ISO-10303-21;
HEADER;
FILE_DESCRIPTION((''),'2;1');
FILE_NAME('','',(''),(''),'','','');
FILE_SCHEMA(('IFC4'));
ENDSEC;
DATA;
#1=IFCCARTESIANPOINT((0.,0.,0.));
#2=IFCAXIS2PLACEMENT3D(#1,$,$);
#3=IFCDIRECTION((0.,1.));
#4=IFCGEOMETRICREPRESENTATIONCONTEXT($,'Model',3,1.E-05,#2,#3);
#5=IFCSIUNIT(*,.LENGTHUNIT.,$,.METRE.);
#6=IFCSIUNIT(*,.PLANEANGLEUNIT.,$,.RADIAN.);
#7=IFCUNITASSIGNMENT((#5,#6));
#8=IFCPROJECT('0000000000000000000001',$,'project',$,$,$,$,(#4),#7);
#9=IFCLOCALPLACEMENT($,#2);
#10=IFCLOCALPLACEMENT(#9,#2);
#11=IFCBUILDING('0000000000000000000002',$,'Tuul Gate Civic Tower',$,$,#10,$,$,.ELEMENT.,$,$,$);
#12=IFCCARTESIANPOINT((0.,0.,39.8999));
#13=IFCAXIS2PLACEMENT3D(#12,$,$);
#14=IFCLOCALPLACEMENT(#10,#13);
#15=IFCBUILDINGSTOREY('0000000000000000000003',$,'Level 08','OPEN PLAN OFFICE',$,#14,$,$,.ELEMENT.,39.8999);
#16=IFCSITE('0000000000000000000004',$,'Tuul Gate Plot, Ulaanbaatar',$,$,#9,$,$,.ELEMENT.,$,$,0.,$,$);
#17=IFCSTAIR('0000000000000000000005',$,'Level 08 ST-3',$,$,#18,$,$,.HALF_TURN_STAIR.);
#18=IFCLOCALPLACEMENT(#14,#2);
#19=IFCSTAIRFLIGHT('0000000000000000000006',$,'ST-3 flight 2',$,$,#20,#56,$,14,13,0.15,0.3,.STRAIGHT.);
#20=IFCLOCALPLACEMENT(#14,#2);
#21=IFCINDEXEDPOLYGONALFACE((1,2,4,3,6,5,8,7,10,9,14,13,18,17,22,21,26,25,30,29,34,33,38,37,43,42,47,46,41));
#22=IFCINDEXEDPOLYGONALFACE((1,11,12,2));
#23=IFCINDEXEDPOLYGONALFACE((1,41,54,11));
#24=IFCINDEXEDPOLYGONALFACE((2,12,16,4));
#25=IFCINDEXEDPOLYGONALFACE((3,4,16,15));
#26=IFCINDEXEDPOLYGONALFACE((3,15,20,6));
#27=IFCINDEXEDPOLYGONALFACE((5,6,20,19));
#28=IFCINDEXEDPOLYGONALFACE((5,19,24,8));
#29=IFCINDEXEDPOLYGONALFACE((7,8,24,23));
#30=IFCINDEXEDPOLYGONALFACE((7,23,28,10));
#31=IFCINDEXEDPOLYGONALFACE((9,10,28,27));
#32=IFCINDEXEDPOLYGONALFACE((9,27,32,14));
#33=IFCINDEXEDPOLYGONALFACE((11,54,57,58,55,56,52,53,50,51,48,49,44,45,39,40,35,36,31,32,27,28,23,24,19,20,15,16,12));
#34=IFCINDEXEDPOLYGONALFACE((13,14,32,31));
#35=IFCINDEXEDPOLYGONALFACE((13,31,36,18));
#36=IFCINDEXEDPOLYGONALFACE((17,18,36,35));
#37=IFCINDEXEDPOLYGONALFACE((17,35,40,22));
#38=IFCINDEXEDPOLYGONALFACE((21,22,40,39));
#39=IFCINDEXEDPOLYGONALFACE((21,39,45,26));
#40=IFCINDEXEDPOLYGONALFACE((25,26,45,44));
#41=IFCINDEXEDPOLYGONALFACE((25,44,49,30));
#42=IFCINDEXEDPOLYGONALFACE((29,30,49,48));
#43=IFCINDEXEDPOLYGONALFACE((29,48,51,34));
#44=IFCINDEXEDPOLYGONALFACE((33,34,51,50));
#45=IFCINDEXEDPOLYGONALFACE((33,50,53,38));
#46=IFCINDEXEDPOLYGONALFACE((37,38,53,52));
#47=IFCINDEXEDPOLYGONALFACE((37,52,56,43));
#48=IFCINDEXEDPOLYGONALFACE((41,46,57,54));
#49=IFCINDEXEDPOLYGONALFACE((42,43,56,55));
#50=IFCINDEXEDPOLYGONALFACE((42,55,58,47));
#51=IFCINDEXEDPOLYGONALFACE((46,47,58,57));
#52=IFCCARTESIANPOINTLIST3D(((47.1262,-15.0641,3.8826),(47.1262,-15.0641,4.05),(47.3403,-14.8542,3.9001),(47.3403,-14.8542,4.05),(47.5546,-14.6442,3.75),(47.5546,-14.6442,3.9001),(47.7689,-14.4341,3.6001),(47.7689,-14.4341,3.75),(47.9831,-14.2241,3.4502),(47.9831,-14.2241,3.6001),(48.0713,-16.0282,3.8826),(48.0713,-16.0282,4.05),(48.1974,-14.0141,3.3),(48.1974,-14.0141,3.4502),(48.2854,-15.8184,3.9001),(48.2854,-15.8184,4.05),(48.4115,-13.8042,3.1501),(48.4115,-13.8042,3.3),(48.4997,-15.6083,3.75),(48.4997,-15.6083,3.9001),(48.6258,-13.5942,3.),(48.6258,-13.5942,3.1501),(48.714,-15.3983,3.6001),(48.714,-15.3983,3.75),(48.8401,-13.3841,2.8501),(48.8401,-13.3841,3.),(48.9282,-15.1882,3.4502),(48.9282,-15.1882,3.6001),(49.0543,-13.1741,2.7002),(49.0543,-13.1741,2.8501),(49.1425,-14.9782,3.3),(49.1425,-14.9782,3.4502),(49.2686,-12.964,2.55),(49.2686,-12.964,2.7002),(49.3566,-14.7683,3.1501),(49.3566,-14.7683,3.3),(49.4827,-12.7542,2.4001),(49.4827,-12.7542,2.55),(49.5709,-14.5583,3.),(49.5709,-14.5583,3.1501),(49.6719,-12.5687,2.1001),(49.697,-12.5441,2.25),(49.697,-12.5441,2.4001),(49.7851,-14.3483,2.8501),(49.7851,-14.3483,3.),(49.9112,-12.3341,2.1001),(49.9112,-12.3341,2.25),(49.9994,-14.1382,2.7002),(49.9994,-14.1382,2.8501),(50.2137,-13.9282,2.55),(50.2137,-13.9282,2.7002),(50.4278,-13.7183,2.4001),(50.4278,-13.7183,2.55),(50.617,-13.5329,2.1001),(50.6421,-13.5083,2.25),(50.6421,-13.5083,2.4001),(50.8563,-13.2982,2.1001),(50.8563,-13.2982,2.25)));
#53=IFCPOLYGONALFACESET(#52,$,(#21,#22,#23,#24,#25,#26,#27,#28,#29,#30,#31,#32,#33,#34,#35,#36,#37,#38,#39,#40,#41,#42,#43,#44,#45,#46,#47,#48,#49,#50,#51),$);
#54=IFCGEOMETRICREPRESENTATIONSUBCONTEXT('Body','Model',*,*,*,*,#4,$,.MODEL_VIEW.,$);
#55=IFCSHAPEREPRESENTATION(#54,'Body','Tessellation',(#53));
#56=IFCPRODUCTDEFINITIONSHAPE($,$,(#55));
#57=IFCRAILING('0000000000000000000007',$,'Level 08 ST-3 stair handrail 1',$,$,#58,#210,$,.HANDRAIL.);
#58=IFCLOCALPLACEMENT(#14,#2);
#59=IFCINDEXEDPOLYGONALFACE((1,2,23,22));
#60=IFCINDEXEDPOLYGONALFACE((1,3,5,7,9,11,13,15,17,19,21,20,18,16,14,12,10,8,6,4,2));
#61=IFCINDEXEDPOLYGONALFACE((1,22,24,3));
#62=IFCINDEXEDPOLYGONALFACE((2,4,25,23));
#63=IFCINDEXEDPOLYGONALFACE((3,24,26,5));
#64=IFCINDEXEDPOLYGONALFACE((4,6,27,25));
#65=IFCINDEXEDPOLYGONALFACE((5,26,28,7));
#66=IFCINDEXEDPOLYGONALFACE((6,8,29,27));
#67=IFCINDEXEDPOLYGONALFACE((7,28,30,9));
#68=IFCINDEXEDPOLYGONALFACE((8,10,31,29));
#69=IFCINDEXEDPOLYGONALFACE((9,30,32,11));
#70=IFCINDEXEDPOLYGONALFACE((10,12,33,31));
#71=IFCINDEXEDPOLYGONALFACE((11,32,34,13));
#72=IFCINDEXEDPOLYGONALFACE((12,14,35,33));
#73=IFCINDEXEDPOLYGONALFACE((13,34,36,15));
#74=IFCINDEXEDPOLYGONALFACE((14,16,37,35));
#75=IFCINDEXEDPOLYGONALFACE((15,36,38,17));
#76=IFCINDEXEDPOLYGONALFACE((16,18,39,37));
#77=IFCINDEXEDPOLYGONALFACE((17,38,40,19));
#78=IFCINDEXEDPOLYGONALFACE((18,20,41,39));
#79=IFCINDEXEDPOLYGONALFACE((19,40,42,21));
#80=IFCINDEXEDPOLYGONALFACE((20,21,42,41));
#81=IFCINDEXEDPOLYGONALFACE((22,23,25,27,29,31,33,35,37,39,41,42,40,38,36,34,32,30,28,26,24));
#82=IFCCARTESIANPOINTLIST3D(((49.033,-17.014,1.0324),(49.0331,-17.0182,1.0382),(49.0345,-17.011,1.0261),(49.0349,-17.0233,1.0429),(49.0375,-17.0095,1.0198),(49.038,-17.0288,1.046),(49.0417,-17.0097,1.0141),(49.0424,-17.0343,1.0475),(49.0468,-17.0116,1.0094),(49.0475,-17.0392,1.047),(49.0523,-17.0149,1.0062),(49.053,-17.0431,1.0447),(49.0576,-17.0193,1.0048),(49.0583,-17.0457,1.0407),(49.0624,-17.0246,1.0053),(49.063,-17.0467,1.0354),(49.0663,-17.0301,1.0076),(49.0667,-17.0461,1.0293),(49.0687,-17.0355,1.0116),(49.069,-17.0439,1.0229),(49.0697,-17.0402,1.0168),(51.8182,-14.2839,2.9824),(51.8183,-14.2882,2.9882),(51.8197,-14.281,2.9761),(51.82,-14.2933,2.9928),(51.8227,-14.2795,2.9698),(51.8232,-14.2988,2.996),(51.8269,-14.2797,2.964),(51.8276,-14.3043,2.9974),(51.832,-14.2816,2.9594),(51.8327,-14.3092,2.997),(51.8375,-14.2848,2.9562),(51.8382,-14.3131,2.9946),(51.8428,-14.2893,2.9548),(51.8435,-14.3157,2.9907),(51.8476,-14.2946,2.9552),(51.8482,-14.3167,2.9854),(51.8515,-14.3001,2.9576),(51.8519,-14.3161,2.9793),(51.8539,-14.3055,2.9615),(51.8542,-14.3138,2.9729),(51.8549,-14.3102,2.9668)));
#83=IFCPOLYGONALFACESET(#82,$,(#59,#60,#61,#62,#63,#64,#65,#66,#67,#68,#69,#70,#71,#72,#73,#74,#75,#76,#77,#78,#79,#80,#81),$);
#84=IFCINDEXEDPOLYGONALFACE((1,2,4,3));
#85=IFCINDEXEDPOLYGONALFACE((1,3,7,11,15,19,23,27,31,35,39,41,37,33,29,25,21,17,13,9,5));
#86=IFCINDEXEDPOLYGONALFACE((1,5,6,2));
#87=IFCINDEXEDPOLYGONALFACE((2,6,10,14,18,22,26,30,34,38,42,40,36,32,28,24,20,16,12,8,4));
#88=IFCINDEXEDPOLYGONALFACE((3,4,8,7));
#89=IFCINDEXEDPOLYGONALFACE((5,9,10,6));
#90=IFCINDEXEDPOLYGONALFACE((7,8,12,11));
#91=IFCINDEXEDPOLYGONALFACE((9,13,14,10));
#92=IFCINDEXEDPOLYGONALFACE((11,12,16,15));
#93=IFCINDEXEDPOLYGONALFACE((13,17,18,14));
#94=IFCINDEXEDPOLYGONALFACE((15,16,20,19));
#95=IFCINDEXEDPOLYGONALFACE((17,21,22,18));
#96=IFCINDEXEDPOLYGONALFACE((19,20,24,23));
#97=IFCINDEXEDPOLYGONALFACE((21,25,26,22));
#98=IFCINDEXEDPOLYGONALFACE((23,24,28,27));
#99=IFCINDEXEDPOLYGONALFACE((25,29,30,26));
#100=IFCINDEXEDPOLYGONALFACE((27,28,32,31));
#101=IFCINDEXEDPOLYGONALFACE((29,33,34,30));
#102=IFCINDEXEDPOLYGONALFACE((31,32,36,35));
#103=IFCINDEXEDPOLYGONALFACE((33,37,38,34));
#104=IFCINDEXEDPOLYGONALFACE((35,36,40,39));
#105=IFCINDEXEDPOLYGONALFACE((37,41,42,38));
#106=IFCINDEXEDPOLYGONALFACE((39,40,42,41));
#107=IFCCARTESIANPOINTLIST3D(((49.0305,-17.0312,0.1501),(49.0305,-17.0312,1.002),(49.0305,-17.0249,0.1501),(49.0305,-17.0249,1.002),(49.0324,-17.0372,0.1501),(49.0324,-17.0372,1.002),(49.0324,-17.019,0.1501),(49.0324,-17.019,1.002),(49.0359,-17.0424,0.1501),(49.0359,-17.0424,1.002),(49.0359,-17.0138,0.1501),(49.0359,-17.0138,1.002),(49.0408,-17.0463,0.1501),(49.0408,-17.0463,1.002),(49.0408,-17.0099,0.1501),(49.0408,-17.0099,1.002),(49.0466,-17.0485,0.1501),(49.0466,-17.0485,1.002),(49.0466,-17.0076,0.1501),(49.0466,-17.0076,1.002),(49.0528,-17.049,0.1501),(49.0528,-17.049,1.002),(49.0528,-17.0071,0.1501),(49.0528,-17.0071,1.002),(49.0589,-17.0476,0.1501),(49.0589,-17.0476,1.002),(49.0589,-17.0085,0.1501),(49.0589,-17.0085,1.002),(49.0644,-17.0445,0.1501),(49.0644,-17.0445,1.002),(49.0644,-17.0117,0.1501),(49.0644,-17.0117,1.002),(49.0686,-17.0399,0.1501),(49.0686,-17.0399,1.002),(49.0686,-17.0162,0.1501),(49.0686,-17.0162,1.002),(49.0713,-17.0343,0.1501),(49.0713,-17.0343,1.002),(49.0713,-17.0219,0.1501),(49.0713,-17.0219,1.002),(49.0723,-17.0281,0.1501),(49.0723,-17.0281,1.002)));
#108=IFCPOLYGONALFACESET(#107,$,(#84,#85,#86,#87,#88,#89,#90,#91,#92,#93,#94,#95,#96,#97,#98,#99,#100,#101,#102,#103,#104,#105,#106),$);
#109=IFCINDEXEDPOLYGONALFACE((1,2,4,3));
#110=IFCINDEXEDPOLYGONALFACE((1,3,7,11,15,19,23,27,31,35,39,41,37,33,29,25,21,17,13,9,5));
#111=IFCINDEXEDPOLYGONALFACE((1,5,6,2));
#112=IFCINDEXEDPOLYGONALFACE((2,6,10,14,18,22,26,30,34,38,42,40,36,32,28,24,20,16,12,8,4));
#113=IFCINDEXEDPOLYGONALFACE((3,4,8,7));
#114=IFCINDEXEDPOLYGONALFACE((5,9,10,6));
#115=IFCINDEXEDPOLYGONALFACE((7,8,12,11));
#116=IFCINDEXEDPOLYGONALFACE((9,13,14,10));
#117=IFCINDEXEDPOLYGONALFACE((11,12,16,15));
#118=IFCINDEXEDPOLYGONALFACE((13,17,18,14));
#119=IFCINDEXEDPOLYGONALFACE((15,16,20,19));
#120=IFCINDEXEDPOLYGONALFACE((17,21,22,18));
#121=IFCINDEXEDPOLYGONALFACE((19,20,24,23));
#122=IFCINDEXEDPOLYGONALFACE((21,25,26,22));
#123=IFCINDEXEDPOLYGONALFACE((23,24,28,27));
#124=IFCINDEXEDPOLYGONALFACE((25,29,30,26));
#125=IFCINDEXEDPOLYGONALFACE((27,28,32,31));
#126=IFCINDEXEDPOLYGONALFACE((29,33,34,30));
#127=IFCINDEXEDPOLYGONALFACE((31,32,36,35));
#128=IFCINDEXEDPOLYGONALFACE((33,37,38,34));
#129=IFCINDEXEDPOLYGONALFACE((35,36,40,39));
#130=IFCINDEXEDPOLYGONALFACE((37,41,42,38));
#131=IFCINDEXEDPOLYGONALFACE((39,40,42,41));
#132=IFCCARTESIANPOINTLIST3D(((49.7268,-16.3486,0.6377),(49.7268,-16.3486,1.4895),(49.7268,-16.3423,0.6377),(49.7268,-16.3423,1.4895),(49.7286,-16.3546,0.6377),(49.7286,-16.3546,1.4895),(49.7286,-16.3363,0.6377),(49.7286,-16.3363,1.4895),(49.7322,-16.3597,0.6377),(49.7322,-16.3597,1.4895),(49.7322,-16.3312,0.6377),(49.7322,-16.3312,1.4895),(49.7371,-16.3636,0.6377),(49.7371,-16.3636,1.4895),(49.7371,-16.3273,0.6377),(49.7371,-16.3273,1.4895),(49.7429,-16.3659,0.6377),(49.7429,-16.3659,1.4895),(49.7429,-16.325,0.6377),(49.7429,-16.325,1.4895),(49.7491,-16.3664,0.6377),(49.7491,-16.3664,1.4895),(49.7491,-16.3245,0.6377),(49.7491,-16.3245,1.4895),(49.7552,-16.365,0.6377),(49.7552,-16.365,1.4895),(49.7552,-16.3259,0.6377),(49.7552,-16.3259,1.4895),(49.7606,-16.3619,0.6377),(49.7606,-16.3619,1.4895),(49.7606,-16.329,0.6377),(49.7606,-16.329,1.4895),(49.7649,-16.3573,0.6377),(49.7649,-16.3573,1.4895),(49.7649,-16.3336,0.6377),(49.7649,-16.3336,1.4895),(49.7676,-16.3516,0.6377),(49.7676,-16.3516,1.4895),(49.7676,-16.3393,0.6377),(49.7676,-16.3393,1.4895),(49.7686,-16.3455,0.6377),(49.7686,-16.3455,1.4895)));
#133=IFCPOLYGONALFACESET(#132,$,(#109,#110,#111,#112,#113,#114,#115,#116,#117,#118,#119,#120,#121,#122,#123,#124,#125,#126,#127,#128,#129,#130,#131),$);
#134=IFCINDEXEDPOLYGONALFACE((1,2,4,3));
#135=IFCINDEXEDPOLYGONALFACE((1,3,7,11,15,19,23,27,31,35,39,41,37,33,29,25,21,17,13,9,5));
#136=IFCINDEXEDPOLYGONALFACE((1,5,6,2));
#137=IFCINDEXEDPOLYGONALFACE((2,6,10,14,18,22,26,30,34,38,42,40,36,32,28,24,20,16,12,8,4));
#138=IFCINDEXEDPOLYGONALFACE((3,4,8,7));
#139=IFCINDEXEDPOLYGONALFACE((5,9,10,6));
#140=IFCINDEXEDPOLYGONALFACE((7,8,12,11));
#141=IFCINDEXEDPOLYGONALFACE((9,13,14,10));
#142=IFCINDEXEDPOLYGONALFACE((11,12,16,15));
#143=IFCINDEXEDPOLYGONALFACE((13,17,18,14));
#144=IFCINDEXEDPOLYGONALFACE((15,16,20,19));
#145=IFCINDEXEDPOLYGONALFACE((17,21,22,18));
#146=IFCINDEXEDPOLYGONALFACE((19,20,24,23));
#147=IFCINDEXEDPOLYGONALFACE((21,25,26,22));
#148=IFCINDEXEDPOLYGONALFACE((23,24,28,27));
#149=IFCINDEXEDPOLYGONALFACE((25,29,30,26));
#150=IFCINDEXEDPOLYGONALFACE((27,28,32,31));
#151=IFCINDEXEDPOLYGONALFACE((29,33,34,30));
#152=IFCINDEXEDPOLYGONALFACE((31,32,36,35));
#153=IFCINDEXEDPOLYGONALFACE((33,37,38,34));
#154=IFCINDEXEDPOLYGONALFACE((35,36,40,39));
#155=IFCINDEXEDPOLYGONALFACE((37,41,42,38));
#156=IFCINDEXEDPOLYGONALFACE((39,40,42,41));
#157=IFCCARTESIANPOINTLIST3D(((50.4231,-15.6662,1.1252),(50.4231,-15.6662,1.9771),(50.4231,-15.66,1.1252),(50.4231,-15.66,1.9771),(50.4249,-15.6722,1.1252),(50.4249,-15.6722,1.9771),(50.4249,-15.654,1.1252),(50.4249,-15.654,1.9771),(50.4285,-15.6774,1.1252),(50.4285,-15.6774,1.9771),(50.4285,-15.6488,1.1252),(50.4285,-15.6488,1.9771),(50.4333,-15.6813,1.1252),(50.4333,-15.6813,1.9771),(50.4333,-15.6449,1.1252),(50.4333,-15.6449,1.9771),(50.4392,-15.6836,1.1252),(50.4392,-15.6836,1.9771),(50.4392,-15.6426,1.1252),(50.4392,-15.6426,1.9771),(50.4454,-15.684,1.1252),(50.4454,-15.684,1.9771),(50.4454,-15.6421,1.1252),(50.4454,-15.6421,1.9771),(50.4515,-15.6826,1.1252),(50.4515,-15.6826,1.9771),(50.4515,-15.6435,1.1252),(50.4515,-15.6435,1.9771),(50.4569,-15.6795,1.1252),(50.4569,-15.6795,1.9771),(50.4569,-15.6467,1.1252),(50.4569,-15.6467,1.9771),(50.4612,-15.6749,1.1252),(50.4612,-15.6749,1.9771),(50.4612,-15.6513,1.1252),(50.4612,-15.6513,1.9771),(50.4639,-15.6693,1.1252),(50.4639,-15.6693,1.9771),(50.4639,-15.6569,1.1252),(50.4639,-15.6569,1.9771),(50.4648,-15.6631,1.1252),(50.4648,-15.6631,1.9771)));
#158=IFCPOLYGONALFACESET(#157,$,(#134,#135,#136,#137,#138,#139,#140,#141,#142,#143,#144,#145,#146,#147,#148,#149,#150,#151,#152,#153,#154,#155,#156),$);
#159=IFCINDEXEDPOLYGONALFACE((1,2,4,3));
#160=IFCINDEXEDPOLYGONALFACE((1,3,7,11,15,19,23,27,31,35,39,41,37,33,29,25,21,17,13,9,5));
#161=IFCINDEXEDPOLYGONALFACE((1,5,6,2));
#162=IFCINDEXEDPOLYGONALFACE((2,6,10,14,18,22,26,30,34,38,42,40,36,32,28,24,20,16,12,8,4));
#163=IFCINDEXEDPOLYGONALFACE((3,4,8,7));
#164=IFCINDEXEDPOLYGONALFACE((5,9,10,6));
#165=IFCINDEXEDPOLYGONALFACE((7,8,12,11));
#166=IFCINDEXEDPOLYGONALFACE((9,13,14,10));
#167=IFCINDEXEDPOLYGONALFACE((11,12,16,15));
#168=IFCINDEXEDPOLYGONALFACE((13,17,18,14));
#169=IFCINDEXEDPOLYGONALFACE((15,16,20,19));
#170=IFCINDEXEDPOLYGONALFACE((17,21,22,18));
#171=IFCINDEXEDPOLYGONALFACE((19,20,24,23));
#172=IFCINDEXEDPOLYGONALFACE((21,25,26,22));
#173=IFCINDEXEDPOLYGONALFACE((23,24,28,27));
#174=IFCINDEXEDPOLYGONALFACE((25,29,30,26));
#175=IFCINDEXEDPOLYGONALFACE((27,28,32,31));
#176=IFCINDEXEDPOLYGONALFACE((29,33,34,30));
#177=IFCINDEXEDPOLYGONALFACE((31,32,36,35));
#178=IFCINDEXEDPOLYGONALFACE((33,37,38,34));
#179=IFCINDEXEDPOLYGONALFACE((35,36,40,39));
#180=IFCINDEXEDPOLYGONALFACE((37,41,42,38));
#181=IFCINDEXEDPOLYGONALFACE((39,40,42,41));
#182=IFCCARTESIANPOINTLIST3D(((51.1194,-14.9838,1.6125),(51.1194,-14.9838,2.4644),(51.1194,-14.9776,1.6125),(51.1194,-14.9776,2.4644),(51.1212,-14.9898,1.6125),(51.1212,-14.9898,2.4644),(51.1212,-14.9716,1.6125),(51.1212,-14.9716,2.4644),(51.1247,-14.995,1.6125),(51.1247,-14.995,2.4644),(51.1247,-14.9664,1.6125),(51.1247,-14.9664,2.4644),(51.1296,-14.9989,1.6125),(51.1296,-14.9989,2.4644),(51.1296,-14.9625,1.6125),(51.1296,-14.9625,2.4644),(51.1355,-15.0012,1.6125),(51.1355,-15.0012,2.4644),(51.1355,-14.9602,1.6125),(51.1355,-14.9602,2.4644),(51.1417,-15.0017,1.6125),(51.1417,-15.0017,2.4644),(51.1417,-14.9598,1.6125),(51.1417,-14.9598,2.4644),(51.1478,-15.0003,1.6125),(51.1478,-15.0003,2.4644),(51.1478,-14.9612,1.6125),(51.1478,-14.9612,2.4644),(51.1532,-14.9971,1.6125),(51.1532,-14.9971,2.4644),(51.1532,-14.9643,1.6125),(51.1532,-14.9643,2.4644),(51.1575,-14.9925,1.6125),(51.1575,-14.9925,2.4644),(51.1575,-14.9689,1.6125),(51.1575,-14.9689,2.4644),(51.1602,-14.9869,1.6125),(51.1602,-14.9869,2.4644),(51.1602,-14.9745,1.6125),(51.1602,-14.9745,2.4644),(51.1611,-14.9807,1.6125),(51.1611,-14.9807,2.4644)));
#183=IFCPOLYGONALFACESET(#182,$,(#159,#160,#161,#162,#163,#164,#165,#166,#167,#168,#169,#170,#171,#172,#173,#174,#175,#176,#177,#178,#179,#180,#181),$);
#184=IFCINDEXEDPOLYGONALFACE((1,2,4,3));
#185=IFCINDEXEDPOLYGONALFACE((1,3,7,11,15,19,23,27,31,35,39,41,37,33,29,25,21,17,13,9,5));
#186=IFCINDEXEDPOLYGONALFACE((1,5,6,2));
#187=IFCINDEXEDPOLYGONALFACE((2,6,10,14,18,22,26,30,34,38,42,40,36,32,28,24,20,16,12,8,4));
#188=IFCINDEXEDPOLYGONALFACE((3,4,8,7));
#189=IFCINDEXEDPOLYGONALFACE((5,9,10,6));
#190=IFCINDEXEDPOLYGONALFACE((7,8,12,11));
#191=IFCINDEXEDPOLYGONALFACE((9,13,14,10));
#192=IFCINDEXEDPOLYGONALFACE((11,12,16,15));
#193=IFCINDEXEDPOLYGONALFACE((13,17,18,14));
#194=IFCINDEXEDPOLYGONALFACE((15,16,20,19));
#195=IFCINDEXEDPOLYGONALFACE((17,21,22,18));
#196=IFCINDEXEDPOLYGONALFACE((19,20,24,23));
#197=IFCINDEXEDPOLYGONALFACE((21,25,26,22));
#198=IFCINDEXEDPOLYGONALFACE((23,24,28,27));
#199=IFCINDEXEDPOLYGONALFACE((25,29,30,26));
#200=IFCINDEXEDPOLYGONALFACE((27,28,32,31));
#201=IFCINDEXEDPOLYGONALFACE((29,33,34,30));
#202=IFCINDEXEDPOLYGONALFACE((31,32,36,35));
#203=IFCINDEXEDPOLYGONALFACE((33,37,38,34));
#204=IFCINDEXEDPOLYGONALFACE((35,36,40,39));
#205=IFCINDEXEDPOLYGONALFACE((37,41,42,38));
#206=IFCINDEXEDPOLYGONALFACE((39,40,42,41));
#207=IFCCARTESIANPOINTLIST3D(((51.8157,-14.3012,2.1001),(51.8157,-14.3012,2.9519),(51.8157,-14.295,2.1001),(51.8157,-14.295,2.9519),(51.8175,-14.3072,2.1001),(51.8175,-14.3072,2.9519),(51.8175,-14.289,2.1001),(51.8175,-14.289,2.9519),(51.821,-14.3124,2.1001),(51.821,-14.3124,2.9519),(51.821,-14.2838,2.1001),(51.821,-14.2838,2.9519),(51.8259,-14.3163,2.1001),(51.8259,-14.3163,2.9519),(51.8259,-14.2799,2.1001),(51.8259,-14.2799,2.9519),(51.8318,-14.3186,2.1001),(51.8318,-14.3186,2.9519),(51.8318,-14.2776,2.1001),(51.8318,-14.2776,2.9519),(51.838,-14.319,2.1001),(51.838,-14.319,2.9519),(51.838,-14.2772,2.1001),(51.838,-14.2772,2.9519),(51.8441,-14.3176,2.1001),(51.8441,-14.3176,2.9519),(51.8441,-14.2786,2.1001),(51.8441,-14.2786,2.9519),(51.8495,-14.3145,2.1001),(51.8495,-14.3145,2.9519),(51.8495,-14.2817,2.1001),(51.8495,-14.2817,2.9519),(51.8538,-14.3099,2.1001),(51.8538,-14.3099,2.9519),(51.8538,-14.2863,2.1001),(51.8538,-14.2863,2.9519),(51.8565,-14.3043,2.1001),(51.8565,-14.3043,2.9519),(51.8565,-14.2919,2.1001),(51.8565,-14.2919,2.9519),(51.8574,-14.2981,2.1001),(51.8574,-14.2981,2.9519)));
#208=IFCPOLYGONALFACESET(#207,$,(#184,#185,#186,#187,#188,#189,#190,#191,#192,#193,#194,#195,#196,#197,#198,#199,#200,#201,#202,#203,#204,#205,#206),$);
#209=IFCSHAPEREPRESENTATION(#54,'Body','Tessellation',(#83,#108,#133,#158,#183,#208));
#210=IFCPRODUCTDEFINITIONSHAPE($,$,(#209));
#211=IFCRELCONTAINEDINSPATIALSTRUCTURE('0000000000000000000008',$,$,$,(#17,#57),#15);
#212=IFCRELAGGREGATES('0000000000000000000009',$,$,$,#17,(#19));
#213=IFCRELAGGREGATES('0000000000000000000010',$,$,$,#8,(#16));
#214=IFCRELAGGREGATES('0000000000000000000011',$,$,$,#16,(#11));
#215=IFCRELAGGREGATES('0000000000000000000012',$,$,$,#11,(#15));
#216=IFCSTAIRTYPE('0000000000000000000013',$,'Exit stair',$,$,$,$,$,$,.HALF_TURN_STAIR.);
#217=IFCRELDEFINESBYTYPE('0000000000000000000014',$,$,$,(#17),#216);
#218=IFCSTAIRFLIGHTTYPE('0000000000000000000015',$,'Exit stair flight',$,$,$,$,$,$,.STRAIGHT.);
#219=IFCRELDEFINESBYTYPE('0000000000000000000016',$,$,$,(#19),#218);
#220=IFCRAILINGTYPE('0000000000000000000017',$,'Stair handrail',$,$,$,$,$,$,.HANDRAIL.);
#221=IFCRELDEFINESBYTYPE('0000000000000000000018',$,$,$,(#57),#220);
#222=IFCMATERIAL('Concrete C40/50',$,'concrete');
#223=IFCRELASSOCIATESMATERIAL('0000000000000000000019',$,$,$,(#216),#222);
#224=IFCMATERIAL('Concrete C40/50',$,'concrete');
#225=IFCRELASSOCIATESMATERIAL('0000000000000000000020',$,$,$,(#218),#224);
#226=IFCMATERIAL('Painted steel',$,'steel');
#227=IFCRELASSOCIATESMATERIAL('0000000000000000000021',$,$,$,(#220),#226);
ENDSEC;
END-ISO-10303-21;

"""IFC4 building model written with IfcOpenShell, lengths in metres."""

from ifc_helpers import new_model, si_unit, direction, frame, origin, origin_2d, place, context, subcontext, project, spatial, polyline, circle, outline, extrude, material, type_object, element, aggregate, save


model = new_model("IFC4")

# Units and contexts
model_context = context("Model", 3, precision=1e-05, world=origin(), true_north=direction((0.0, 1.0)))
body_context = subcontext(model_context, "Body", "Model", "MODEL_VIEW")
ifc_project = project(units=[si_unit("LENGTHUNIT", "METRE"), si_unit("PLANEANGLEUNIT", "RADIAN")], contexts=[model_context])

# Site, building, storey
site_placement = place(None, origin())
site = spatial("IfcSite", under=ifc_project, at=site_placement, Name="Tuul Gate Plot, Ulaanbaatar", CompositionType="ELEMENT", RefElevation=0.0)
building_placement = place(site_placement, origin())
building = spatial("IfcBuilding", under=site, at=building_placement, Name="Tuul Gate Civic Tower", CompositionType="ELEMENT")
storey_placement = place(building_placement, frame((0.0, 0.0, 39.8999)))
storey = spatial("IfcBuildingStorey", under=building, at=storey_placement, Name="Level 08", Description="OPEN PLAN OFFICE", CompositionType="ELEMENT", Elevation=39.8999)

# Stair, stair flight
ifc_material_1 = material(Name="Concrete C40/50", Category="concrete")
stair_type = type_object("IfcStairType", Name="Exit stair", PredefinedType="HALF_TURN_STAIR", material=ifc_material_1)
stair_placement = place(storey_placement, origin())
stair = element("IfcStair", 1, at=stair_placement, inside=storey, type_object=stair_type, Name="Level 08 ST-3", PredefinedType="HALF_TURN_STAIR")
ifc_material_2 = material(Name="Concrete C40/50", Category="concrete")
stair_flight_type = type_object("IfcStairFlightType", Name="Exit stair flight", PredefinedType="STRAIGHT", material=ifc_material_2)
stair_flight_1_placement = place(storey_placement, frame((50.3838, -12.8162, 2.1001), z_axis=(0.0, 0.0, 1.0), x_axis=(-0.714127, -0.700016, 0.0)))
stair_flight_1 = element("IfcStairFlight", 2, at=stair_flight_1_placement, type_object=stair_flight_type, Name="ST-3 flight 2", NumberOfRisers=14, NumberOfTreads=13, PredefinedType="STRAIGHT", RiserHeight=0.15, TreadLength=0.3, context=body_context, shape_type="SweptSolid", body=[
    extrude(outline(polyline([(0.0, 0.0), (0.0, 0.1499), (0.3, 0.1499), (0.3, 0.3), (0.6001, 0.3), (0.6001, 0.45), (0.8999, 0.45), (0.8999, 0.6001), (1.2, 0.6001), (1.2, 0.75), (1.5, 0.75), (1.5, 0.8999), (1.8, 0.8999), (1.8, 1.05), (2.1001, 1.05), (2.1001, 1.2), (2.3999, 1.2), (2.3999, 1.3501), (2.7, 1.3501), (2.7, 1.5), (3.0, 1.5), (3.0, 1.6499), (3.3, 1.6499), (3.3, 1.8), (3.6001, 1.8), (3.6001, 1.95), (3.8999, 1.95), (3.8999, 2.1001), (3.8999, 1.7825), (0.3352, 0.0), (0.0, 0.0)])), frame((0.0, 0.675, 0.0), z_axis=(0.0, -1.0, 0.0), x_axis=(1.0, 0.0, 0.0)), (0.0, 0.0, 1.0), 1.3501),
])
aggregate(stair, [stair_flight_1])

# Railing
ifc_material_3 = material(Name="Painted steel", Category="steel")
railing_type = type_object("IfcRailingType", Name="Stair handrail", PredefinedType="HANDRAIL", material=ifc_material_3)
railing_placement = place(storey_placement, frame((49.0513, -17.0281, 0.1501)))
element("IfcRailing", 3, at=railing_placement, inside=storey, type_object=railing_type, Name="Level 08 ST-3 stair handrail 1", PredefinedType="HANDRAIL", context=body_context, shape_type="SweptSolid", body=[
    extrude(circle(Radius=0.0239, at=origin_2d()), frame((0.0, 0.0, 0.876), z_axis=(0.638754, 0.6261, 0.447206), x_axis=(-0.699998, 0.714145, 0.0)), (0.0, 0.0, 1.0), 4.3604),
    extrude(circle(Radius=0.021, at=origin_2d()), origin(), (0.0, 0.0, 1.0), 0.8518),
    extrude(circle(Radius=0.021, at=origin_2d()), frame((0.6963, 0.6826, 0.4875)), (0.0, 0.0, 1.0), 0.8518),
    extrude(circle(Radius=0.021, at=origin_2d()), frame((1.3926, 1.365, 0.9751)), (0.0, 0.0, 1.0), 0.8518),
    extrude(circle(Radius=0.021, at=origin_2d()), frame((2.0889, 2.0474, 1.4624)), (0.0, 0.0, 1.0), 0.8518),
    extrude(circle(Radius=0.021, at=origin_2d()), frame((2.7852, 2.73, 1.95)), (0.0, 0.0, 1.0), 0.8518),
])

save(model, "model.ifc")
